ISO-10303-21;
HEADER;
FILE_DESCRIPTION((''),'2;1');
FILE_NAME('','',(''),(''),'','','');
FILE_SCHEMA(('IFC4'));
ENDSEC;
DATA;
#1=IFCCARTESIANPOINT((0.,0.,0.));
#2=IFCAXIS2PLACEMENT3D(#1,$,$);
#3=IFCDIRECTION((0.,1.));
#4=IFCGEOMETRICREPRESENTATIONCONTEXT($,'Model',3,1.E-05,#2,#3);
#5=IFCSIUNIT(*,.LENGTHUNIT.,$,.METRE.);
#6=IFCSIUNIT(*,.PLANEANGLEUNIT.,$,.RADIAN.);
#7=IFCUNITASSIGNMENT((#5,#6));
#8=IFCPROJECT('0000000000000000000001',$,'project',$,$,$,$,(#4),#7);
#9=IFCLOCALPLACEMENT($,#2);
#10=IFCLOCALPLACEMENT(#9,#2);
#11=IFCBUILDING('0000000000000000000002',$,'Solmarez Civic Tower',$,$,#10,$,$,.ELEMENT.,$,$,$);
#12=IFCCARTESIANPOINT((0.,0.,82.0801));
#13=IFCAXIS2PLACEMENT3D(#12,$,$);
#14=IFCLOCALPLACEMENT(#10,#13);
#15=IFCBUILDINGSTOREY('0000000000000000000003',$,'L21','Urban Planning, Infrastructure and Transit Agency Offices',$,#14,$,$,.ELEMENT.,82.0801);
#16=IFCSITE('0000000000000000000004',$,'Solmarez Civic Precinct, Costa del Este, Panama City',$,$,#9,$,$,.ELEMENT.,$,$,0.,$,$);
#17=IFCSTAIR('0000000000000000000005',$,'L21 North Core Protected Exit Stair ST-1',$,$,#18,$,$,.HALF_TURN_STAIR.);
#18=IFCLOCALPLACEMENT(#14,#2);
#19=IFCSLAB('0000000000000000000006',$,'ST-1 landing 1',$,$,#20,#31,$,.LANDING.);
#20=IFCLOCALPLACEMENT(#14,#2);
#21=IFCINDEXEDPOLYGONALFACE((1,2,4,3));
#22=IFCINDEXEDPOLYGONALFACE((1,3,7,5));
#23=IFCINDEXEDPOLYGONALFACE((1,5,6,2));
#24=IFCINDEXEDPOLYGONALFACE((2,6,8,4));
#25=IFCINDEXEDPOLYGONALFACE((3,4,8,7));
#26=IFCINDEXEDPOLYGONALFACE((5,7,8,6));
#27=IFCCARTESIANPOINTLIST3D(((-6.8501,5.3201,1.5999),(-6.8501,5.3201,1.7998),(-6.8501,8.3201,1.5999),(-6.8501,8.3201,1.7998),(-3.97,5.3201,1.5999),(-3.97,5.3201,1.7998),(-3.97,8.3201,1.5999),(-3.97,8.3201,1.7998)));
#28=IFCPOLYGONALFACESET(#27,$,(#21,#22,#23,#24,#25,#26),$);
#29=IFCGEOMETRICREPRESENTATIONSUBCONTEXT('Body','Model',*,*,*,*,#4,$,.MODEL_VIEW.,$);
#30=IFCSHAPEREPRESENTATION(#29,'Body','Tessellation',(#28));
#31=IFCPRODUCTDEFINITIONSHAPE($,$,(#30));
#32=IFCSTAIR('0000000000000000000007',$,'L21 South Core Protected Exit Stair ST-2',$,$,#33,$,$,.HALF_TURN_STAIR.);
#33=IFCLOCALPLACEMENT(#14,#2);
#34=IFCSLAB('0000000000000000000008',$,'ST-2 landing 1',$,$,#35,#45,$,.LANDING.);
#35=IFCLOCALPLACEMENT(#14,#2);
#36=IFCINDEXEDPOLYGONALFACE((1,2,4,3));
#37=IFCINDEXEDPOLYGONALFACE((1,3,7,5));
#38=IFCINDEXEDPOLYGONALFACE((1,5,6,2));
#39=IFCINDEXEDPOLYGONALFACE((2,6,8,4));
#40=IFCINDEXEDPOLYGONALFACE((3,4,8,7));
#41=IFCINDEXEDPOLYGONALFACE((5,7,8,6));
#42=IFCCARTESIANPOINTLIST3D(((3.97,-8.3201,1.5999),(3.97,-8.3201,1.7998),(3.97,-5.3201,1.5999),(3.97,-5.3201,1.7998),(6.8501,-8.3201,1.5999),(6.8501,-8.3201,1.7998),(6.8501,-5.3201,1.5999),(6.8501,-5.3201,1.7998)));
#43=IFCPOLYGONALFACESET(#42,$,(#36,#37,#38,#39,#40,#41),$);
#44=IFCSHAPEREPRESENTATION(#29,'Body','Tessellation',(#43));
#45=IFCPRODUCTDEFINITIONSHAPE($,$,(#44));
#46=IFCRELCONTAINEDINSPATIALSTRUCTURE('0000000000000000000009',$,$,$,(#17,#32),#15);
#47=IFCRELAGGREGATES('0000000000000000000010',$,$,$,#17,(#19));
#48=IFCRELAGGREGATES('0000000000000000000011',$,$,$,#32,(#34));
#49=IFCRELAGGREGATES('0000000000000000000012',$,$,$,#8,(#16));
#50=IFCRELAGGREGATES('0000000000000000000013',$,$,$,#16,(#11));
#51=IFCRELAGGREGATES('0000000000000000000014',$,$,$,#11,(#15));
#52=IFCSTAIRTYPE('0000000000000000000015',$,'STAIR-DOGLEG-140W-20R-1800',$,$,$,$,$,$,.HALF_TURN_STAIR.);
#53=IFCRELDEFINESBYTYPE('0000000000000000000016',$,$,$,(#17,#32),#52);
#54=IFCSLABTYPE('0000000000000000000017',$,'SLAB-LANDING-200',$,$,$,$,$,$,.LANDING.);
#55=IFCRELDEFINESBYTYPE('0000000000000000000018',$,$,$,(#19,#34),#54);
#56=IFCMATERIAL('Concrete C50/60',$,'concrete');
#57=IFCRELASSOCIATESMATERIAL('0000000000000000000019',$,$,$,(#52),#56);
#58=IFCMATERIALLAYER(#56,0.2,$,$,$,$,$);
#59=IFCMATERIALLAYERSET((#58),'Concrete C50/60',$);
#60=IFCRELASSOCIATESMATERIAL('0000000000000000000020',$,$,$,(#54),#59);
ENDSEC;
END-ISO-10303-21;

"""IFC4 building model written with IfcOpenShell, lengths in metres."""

from ifc_helpers import new_model, si_unit, direction, frame, origin, place, context, subcontext, project, spatial, polyline, outline, extrude, material, layer, layer_set, type_object, element, aggregate, save


model = new_model("IFC4")

# Units and contexts
model_context = context("Model", 3, precision=1e-05, world=origin(), true_north=direction((0.0, 1.0)))
body_context = subcontext(model_context, "Body", "Model", "MODEL_VIEW")
ifc_project = project(units=[si_unit("LENGTHUNIT", "METRE"), si_unit("PLANEANGLEUNIT", "RADIAN")], contexts=[model_context])

# Site, building, storey
site_placement = place(None, origin())
site = spatial("IfcSite", under=ifc_project, at=site_placement, Name="Solmarez Civic Precinct, Costa del Este, Panama City", CompositionType="ELEMENT", RefElevation=0.0)
building_placement = place(site_placement, origin())
building = spatial("IfcBuilding", under=site, at=building_placement, Name="Solmarez Civic Tower", CompositionType="ELEMENT")
storey_placement = place(building_placement, frame((0.0, 0.0, 82.0801)))
storey = spatial("IfcBuildingStorey", under=building, at=storey_placement, Name="L21", Description="Urban Planning, Infrastructure and Transit Agency Offices", CompositionType="ELEMENT", Elevation=82.0801)

# Stairs, slabs
ifc_material_1 = material(Name="Concrete C50/60", Category="concrete")
stair_type = type_object("IfcStairType", Name="STAIR-DOGLEG-140W-20R-1800", PredefinedType="HALF_TURN_STAIR", material=ifc_material_1)
stair_1_placement = place(storey_placement, origin())
stair_1 = element("IfcStair", 1, at=stair_1_placement, inside=storey, type_object=stair_type, Name="L21 North Core Protected Exit Stair ST-1", PredefinedType="HALF_TURN_STAIR")
ifc_layer_1 = layer(ifc_material_1, 0.2)
ifc_layer_set_1 = layer_set([ifc_layer_1], Name="Concrete C50/60")
slab_type_1 = type_object("IfcSlabType", Name="SLAB-LANDING-200", PredefinedType="LANDING", material=ifc_layer_set_1)
slab_1_placement = place(storey_placement, frame((0.0, 0.0, 1.5999)))
slab_1 = element("IfcSlab", 2, at=slab_1_placement, type_object=slab_type_1, Name="ST-1 landing 1", PredefinedType="LANDING", context=body_context, shape_type="SweptSolid", body=[
    extrude(outline(polyline([(-3.97, 8.3201), (-6.8501, 8.3201), (-6.8501, 5.3201), (-3.97, 5.3201), (-3.97, 8.3201)])), origin(), (0.0, 0.0, 1.0), 0.2),
])
aggregate(stair_1, [slab_1])
stair_2_placement = place(storey_placement, origin())
stair_2 = element("IfcStair", 3, at=stair_2_placement, inside=storey, type_object=stair_type, Name="L21 South Core Protected Exit Stair ST-2", PredefinedType="HALF_TURN_STAIR")
slab_2_placement = place(storey_placement, frame((0.0, 0.0, 1.5999)))
slab_2 = element("IfcSlab", 4, at=slab_2_placement, type_object=slab_type_1, Name="ST-2 landing 1", PredefinedType="LANDING", context=body_context, shape_type="SweptSolid", body=[
    extrude(outline(polyline([(3.97, -8.3201), (6.8501, -8.3201), (6.8501, -5.3201), (3.97, -5.3201), (3.97, -8.3201)])), origin(), (0.0, 0.0, 1.0), 0.2),
])

aggregate(stair_2, [slab_2])

save(model, "model.ifc")
